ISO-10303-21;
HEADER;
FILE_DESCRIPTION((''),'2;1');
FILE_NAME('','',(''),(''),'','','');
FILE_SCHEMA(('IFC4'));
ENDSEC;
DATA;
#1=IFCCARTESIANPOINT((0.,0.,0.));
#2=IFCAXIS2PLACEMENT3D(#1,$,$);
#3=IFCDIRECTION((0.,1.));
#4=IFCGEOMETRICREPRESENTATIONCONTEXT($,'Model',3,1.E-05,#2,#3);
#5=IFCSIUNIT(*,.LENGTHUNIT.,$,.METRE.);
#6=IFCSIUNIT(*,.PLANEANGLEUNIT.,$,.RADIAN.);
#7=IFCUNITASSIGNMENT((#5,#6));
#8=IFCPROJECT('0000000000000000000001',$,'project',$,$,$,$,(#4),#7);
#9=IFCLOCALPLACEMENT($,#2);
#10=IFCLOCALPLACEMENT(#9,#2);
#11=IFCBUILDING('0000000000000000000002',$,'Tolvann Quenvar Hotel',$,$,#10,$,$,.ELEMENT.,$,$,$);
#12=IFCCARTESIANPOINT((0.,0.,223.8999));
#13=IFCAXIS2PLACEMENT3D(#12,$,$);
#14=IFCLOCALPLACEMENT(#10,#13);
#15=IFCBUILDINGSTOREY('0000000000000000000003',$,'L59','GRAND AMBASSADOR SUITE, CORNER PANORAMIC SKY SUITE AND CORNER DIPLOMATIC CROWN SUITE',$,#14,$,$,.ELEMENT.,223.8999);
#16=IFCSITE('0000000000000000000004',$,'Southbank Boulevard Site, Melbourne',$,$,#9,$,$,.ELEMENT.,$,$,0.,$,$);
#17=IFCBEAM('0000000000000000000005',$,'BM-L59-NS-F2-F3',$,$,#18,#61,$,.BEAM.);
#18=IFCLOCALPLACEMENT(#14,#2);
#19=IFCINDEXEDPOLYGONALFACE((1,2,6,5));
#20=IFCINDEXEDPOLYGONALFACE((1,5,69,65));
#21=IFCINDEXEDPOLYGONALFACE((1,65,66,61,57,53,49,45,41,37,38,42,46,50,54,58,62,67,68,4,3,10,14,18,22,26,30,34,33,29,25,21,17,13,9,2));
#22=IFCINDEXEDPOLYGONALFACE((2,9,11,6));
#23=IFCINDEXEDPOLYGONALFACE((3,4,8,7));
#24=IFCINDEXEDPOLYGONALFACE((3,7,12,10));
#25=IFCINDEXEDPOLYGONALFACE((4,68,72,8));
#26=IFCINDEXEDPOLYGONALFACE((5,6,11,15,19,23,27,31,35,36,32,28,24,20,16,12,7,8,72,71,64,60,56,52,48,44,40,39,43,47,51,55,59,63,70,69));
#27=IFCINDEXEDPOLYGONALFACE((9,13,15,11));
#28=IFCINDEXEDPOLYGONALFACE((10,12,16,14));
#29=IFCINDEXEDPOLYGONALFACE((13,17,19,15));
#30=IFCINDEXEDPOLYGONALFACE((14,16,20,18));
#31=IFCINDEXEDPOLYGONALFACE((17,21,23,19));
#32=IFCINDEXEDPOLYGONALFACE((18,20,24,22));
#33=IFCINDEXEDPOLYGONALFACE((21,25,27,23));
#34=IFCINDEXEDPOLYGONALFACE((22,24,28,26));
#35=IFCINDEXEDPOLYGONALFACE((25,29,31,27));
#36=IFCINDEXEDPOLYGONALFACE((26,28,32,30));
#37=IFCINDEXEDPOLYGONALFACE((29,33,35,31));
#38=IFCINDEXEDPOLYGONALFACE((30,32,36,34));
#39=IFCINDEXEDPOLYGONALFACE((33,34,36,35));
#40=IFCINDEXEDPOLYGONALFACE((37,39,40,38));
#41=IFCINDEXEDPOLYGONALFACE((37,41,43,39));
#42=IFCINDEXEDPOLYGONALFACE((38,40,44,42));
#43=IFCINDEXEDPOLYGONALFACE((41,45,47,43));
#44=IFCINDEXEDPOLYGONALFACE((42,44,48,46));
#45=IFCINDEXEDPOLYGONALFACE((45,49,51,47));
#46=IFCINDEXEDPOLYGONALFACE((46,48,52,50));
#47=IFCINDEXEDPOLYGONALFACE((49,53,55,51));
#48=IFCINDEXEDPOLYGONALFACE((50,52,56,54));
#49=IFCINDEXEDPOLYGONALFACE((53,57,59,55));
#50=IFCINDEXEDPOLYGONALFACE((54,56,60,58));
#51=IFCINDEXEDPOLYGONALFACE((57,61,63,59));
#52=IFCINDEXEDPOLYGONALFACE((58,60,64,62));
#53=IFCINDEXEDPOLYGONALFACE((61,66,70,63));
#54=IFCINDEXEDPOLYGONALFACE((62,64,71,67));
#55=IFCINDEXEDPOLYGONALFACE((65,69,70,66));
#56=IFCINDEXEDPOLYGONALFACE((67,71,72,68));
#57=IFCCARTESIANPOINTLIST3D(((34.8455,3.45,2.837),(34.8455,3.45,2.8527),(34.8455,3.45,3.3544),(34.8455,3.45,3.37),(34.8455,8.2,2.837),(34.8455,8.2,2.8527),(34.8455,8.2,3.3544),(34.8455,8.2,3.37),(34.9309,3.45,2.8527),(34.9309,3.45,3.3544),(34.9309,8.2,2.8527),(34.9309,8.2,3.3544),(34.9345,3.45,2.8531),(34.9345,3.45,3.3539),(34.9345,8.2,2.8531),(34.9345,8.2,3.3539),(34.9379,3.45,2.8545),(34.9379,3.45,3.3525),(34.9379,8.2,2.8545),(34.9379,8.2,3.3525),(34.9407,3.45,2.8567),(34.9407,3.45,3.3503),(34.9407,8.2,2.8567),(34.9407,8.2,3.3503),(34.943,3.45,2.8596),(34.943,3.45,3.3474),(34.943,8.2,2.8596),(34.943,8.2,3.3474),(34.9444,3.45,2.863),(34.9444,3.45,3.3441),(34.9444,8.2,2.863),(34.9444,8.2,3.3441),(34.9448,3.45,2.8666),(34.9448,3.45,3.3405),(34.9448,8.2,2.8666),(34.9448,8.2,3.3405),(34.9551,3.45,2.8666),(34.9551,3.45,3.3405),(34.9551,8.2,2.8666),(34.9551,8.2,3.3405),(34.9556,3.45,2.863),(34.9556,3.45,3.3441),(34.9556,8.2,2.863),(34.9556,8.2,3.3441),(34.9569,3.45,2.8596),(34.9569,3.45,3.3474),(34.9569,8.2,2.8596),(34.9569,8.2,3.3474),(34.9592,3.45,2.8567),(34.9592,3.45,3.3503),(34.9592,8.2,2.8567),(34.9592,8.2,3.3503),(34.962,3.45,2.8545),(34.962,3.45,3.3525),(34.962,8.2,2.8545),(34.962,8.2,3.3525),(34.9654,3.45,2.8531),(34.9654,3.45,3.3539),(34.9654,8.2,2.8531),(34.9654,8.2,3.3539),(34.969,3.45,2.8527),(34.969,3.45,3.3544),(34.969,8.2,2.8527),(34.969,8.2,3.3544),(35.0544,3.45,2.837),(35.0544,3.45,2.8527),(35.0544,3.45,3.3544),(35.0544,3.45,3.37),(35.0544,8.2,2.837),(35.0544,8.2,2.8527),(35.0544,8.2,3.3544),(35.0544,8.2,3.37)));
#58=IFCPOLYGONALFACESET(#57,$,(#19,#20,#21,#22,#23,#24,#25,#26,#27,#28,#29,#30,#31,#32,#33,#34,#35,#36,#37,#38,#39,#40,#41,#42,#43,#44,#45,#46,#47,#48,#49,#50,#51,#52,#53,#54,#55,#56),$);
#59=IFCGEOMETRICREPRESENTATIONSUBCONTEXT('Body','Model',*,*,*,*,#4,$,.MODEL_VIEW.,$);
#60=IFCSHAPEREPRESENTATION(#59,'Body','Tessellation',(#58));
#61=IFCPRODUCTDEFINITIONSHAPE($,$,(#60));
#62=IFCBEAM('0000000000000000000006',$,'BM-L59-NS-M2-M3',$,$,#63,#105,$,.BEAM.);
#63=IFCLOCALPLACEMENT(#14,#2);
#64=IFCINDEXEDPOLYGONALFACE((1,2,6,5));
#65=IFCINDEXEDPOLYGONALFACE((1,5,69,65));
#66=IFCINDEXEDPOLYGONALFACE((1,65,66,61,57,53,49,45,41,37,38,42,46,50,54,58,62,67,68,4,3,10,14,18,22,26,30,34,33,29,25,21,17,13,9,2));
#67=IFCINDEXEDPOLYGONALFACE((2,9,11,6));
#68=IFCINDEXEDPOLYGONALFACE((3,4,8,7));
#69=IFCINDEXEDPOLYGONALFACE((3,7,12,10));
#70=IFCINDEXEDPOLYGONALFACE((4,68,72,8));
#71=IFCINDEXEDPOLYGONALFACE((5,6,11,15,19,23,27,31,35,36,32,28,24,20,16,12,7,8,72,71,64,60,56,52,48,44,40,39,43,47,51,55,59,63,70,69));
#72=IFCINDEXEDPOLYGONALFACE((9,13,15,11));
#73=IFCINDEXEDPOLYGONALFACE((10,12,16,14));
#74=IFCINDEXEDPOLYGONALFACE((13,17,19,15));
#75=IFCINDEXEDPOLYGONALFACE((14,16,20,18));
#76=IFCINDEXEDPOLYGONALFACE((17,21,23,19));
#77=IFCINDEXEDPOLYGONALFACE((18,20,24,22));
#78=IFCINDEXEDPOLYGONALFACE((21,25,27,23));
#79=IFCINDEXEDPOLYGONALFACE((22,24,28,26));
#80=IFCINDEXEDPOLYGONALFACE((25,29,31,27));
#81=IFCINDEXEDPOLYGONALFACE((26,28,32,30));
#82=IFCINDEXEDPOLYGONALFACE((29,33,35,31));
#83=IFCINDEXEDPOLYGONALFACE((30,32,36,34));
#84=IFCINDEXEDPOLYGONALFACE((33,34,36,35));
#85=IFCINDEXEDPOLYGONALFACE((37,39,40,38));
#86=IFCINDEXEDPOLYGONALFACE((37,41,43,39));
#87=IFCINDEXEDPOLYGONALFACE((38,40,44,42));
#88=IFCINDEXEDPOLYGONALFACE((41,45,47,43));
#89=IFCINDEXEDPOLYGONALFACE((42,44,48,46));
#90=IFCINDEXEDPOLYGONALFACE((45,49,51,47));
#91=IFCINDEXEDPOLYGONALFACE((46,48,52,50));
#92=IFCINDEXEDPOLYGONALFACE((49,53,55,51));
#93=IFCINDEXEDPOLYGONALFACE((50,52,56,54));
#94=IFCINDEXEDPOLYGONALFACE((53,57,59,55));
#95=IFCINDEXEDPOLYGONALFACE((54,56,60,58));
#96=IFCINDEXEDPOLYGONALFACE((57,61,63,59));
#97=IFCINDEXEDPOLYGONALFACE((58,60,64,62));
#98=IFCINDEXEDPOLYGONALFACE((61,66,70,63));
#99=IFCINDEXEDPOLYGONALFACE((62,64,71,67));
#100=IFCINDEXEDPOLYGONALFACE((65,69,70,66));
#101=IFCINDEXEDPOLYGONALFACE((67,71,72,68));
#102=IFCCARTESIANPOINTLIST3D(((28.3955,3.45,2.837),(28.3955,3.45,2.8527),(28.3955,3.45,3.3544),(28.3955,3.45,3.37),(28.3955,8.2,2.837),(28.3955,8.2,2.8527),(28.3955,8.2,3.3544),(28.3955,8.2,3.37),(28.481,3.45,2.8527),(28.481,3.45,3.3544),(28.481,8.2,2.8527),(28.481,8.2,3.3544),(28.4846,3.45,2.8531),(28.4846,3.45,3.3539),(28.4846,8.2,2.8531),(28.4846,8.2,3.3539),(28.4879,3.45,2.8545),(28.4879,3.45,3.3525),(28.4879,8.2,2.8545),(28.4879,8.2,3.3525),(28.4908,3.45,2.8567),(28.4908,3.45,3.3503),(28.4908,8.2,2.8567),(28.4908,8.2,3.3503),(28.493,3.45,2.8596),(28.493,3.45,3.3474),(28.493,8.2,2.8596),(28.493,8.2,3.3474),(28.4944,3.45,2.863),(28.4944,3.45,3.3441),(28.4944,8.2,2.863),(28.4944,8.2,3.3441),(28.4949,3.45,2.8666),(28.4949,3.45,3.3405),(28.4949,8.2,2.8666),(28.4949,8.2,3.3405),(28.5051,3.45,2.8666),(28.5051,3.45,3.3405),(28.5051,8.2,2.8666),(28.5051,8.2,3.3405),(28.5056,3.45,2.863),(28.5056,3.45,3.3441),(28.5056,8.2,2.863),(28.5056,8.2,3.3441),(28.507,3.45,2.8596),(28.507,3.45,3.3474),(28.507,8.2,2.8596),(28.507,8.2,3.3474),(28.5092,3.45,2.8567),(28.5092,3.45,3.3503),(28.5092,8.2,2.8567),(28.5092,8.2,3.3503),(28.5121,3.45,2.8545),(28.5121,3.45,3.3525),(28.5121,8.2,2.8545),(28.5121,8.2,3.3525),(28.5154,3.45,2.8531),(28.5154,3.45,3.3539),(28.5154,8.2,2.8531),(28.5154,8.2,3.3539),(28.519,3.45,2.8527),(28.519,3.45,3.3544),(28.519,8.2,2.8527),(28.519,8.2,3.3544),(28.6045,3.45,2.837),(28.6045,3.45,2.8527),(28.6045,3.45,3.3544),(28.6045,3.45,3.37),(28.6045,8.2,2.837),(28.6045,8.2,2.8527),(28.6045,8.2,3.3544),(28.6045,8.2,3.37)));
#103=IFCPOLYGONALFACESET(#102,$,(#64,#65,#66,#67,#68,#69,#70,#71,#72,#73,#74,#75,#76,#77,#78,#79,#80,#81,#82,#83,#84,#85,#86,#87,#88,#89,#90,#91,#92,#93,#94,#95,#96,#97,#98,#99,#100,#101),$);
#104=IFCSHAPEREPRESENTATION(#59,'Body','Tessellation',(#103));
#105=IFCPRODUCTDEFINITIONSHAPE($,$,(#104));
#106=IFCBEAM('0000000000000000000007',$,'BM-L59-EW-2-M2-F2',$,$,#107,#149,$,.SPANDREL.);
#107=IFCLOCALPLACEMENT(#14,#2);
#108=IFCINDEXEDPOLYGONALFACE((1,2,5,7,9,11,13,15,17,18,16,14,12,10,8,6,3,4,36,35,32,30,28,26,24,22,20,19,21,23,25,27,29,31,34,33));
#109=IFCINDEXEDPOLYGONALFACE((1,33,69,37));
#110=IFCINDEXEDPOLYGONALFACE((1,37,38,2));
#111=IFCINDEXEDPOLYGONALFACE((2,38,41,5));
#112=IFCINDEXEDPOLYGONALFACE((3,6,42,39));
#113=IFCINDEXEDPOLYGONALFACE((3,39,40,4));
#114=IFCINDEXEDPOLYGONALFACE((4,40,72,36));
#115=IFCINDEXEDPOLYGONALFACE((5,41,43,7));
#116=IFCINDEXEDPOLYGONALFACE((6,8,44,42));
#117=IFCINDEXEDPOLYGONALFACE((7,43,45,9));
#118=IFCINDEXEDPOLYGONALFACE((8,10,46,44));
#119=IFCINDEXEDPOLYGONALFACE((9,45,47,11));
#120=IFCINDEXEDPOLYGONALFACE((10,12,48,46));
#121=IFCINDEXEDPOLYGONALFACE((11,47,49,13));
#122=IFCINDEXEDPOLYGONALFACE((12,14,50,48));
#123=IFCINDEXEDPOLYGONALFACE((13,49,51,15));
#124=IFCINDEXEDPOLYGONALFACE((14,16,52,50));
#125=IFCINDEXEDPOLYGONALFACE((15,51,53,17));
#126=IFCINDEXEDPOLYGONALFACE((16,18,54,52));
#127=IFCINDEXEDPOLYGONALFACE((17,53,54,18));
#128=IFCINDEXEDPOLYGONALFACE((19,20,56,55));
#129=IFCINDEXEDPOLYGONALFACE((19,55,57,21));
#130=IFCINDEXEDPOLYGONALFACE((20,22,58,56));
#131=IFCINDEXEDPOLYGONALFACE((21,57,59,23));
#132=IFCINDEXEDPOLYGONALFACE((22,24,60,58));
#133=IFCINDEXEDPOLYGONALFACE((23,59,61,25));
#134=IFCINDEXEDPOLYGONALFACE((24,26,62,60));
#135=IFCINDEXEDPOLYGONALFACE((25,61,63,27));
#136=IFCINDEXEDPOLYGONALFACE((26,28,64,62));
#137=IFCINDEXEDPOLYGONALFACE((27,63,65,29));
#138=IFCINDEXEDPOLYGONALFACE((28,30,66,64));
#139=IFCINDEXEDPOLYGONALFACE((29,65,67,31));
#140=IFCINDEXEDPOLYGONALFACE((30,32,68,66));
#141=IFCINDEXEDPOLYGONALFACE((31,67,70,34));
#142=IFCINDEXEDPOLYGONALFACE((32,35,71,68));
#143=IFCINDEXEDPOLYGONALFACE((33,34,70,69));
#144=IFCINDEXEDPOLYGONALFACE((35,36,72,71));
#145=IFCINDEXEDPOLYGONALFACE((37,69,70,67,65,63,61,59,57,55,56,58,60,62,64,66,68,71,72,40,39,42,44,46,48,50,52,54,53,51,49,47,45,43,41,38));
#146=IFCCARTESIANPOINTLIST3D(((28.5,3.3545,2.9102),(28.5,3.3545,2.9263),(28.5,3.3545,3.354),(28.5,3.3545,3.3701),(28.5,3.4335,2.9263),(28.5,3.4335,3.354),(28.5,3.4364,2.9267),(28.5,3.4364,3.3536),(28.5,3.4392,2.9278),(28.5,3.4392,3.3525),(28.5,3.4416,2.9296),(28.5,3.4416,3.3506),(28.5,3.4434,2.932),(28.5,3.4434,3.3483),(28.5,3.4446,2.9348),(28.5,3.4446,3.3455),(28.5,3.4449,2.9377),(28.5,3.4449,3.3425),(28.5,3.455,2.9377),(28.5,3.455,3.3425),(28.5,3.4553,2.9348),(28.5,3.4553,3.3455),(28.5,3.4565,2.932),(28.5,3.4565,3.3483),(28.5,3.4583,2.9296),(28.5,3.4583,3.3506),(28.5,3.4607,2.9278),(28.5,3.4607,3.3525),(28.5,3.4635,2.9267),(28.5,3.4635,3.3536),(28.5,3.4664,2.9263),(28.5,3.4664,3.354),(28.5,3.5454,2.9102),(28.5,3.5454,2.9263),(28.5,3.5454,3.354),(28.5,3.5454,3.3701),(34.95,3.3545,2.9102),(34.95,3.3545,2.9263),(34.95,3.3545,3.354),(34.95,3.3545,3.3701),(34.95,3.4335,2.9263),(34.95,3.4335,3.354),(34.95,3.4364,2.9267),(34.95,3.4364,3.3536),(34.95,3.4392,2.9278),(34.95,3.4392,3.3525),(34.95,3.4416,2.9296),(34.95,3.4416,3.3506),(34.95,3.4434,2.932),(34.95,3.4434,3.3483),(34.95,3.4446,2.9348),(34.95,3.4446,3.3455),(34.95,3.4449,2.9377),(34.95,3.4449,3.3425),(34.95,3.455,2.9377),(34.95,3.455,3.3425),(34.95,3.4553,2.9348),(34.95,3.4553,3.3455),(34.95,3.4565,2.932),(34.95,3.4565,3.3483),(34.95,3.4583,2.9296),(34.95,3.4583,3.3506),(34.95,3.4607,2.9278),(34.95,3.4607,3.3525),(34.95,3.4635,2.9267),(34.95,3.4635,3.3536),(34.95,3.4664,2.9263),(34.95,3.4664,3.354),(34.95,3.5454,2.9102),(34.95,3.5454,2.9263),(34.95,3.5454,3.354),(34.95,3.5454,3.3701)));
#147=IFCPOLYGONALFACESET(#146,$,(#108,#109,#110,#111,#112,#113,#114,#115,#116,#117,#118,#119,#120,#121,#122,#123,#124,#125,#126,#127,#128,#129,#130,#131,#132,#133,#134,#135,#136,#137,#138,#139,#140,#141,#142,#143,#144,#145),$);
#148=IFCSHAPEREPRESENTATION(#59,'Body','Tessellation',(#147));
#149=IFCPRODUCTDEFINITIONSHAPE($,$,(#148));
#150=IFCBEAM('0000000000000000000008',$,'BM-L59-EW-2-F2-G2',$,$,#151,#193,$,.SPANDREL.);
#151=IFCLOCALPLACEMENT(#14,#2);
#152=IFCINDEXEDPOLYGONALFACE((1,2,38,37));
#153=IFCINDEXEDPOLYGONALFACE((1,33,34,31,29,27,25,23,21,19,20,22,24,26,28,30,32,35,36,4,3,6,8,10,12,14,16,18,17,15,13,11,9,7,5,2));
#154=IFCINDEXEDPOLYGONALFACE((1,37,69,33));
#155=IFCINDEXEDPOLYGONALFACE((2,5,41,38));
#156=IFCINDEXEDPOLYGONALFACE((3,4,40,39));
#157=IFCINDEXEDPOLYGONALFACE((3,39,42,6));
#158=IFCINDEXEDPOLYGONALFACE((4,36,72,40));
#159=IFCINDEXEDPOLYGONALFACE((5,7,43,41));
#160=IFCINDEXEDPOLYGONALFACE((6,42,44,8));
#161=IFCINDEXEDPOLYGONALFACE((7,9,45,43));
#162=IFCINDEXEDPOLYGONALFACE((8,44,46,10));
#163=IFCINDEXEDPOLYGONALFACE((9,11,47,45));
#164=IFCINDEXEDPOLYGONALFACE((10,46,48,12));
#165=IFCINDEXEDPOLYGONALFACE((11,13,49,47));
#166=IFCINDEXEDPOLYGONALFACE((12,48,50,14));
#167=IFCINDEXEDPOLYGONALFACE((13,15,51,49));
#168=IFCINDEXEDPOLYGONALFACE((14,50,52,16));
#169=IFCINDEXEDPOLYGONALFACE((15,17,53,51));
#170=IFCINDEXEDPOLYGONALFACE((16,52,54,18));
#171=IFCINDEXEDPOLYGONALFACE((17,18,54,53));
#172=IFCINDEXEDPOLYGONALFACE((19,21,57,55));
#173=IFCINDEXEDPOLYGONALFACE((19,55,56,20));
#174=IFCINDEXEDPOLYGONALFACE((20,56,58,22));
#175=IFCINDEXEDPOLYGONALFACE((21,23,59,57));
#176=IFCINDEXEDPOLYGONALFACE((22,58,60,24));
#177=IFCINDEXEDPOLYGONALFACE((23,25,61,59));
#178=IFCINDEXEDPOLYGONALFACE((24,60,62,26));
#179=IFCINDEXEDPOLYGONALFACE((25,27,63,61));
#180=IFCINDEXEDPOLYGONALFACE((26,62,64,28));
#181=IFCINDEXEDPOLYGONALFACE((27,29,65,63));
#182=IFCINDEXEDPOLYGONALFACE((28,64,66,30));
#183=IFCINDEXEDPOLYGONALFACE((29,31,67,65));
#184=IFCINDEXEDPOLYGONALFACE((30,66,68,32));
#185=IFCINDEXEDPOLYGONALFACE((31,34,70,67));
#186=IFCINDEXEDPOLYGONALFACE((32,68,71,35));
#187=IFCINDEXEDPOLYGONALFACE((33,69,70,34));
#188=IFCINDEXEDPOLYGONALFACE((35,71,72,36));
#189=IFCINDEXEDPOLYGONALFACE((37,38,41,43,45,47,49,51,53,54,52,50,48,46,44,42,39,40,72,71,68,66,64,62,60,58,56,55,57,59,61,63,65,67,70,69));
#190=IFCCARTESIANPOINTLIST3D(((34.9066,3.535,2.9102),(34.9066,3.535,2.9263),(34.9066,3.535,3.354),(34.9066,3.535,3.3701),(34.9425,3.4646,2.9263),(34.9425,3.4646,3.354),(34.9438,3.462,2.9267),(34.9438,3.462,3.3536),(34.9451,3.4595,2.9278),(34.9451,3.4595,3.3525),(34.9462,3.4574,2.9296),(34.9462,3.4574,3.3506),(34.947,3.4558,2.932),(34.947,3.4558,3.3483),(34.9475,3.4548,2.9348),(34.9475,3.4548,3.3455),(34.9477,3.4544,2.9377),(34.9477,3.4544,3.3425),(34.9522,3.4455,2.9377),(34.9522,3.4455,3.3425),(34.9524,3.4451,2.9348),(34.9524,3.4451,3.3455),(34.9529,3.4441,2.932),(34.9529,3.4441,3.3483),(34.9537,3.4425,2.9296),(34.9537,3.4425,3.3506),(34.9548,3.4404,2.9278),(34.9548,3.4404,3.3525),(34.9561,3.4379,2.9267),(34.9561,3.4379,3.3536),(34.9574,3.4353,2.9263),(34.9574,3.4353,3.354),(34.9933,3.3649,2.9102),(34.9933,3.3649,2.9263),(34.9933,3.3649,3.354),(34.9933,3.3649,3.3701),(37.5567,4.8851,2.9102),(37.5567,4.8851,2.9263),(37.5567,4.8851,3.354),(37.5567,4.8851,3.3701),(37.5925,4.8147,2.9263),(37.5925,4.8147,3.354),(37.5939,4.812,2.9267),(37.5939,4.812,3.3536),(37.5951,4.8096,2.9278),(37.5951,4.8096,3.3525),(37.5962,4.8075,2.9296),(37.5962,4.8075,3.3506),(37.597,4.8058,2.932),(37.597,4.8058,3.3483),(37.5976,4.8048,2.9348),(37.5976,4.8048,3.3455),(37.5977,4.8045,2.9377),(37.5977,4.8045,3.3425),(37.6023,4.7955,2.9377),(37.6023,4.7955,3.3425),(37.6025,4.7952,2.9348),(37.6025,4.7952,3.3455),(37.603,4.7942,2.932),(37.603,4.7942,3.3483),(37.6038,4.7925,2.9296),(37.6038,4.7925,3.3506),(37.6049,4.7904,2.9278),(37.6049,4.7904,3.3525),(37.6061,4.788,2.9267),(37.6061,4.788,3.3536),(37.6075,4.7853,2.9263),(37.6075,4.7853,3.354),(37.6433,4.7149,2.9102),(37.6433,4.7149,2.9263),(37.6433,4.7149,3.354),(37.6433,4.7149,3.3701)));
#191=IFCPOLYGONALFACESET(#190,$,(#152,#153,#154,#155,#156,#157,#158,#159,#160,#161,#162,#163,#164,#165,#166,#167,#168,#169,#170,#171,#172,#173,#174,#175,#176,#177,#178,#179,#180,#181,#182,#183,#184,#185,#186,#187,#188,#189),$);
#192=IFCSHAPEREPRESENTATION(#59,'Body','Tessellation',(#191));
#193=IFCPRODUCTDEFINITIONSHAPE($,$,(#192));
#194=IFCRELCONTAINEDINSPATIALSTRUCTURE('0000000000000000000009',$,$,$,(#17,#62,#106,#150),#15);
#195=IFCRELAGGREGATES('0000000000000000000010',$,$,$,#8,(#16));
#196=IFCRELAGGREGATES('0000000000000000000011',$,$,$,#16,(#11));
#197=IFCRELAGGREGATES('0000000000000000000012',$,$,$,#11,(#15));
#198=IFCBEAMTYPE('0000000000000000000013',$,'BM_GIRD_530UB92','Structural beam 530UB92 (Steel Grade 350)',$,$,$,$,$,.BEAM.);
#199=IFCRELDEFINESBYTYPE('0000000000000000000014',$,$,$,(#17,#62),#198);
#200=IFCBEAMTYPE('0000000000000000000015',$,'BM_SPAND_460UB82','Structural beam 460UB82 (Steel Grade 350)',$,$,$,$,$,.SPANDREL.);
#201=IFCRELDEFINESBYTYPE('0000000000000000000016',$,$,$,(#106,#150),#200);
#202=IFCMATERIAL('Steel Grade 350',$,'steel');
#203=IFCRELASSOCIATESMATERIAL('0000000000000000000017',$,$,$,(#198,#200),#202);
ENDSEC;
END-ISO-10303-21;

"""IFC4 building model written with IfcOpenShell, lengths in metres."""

from ifc_helpers import new_model, si_unit, direction, frame, origin, origin_2d, place, context, subcontext, project, spatial, i_section, extrude, source, transform, mapped, material, material_profile, profile_set, type_object, element, save


model = new_model("IFC4")

# Units and contexts
model_context = context("Model", 3, precision=1e-05, world=origin(), true_north=direction((0.0, 1.0)))
body_context = subcontext(model_context, "Body", "Model", "MODEL_VIEW")
ifc_project = project(units=[si_unit("LENGTHUNIT", "METRE"), si_unit("PLANEANGLEUNIT", "RADIAN")], contexts=[model_context])

# Site, building, storey
site_placement = place(None, origin())
site = spatial("IfcSite", under=ifc_project, at=site_placement, Name="Southbank Boulevard Site, Melbourne", CompositionType="ELEMENT", RefElevation=0.0)
building_placement = place(site_placement, origin())
building = spatial("IfcBuilding", under=site, at=building_placement, Name="Tolvann Quenvar Hotel", CompositionType="ELEMENT")
storey_placement = place(building_placement, frame((0.0, 0.0, 223.8999)))
storey = spatial("IfcBuildingStorey", under=building, at=storey_placement, Name="L59", Description="GRAND AMBASSADOR SUITE, CORNER PANORAMIC SKY SUITE AND CORNER DIPLOMATIC CROWN SUITE", CompositionType="ELEMENT", Elevation=223.8999)

# Shared definitions
ifc_material_1 = material(Name="Steel Grade 350", Category="steel")

# Beams
ifc_material_profile_1 = material_profile(ifc_material_1, i_section(OverallWidth=0.209, OverallDepth=0.533, WebThickness=0.0103, FlangeThickness=0.0156, FilletRadius=0.0139, at=origin_2d()), Name="530UB92")
ifc_profile_set_1 = profile_set([ifc_material_profile_1], Name="Steel Grade 350")
beam_type_1 = type_object("IfcBeamType", Name="BM_GIRD_530UB92", Description="Structural beam 530UB92 (Steel Grade 350)", PredefinedType="BEAM", material=ifc_profile_set_1)
shared_shape_1 = source(origin(), body_context, "Body", "SweptSolid", [
    extrude(i_section(OverallWidth=0.209, OverallDepth=0.533, WebThickness=0.0103, FlangeThickness=0.0156, FilletRadius=0.0139, at=origin_2d()), origin(), (0.0, 0.0, 1.0), 4.75),
])
for number, where, z_axis, x_axis, name in (
    (1, (34.95, 3.45, 3.1035), (0.0, 1.0, 0.0), (-1.0, 0.0, 0.0), "BM-L59-NS-F2-F3"),
    (2, (28.5, 3.45, 3.1035), (0.0, 1.0, 0.0), (-1.0, 0.0, 0.0), "BM-L59-NS-M2-M3"),
):
    element("IfcBeam", number, at=place(storey_placement, frame(where, z_axis=z_axis, x_axis=x_axis)), inside=storey, type_object=beam_type_1, Name=name, PredefinedType="BEAM", context=body_context, shape_type="MappedRepresentation", body=[
        mapped(shared_shape_1, transform((0.0, 0.0, 0.0), x_axis=(1.0, 0.0, 0.0), y_axis=(0.0, 1.0, 0.0), z_axis=(0.0, 0.0, 1.0), scale=1.0)),
    ])
ifc_material_profile_2 = material_profile(ifc_material_1, i_section(OverallWidth=0.1909, OverallDepth=0.46, WebThickness=0.01, FlangeThickness=0.0161, FilletRadius=0.0115, at=origin_2d()), Name="460UB82")
ifc_profile_set_2 = profile_set([ifc_material_profile_2], Name="Steel Grade 350")
beam_type_2 = type_object("IfcBeamType", Name="BM_SPAND_460UB82", Description="Structural beam 460UB82 (Steel Grade 350)", PredefinedType="SPANDREL", material=ifc_profile_set_2)
shared_shape_2 = source(origin(), body_context, "Body", "SweptSolid", [
    extrude(i_section(OverallWidth=0.1909, OverallDepth=0.46, WebThickness=0.01, FlangeThickness=0.0161, FilletRadius=0.0115, at=origin_2d()), origin(), (0.0, 0.0, 1.0), 6.45),
])
beam_1_placement = place(storey_placement, frame((28.5, 3.45, 3.1401), z_axis=(1.0, 0.0, 0.0), x_axis=(0.0, 1.0, 0.0)))
element("IfcBeam", 3, at=beam_1_placement, inside=storey, type_object=beam_type_2, Name="BM-L59-EW-2-M2-F2", PredefinedType="SPANDREL", context=body_context, shape_type="MappedRepresentation", body=[
    mapped(shared_shape_2, transform((0.0, 0.0, 0.0), x_axis=(1.0, 0.0, 0.0), y_axis=(0.0, 1.0, 0.0), z_axis=(0.0, 0.0, 1.0), scale=1.0)),
])
shared_shape_3 = source(origin(), body_context, "Body", "SweptSolid", [
    extrude(i_section(OverallWidth=0.1909, OverallDepth=0.46, WebThickness=0.01, FlangeThickness=0.0161, FilletRadius=0.0115, at=origin_2d()), origin(), (0.0, 0.0, 1.0), 2.9741),
])
beam_2_placement = place(storey_placement, frame((34.95, 3.45, 3.1401), z_axis=(0.891036, 0.453932, 0.0), x_axis=(-0.453932, 0.891036, 0.0)))
element("IfcBeam", 4, at=beam_2_placement, inside=storey, type_object=beam_type_2, Name="BM-L59-EW-2-F2-G2", PredefinedType="SPANDREL", context=body_context, shape_type="MappedRepresentation", body=[
    mapped(shared_shape_3, transform((0.0, 0.0, 0.0), x_axis=(1.0, 0.0, 0.0), y_axis=(0.0, 1.0, 0.0), z_axis=(0.0, 0.0, 1.0), scale=1.0)),
])

save(model, "model.ifc")
